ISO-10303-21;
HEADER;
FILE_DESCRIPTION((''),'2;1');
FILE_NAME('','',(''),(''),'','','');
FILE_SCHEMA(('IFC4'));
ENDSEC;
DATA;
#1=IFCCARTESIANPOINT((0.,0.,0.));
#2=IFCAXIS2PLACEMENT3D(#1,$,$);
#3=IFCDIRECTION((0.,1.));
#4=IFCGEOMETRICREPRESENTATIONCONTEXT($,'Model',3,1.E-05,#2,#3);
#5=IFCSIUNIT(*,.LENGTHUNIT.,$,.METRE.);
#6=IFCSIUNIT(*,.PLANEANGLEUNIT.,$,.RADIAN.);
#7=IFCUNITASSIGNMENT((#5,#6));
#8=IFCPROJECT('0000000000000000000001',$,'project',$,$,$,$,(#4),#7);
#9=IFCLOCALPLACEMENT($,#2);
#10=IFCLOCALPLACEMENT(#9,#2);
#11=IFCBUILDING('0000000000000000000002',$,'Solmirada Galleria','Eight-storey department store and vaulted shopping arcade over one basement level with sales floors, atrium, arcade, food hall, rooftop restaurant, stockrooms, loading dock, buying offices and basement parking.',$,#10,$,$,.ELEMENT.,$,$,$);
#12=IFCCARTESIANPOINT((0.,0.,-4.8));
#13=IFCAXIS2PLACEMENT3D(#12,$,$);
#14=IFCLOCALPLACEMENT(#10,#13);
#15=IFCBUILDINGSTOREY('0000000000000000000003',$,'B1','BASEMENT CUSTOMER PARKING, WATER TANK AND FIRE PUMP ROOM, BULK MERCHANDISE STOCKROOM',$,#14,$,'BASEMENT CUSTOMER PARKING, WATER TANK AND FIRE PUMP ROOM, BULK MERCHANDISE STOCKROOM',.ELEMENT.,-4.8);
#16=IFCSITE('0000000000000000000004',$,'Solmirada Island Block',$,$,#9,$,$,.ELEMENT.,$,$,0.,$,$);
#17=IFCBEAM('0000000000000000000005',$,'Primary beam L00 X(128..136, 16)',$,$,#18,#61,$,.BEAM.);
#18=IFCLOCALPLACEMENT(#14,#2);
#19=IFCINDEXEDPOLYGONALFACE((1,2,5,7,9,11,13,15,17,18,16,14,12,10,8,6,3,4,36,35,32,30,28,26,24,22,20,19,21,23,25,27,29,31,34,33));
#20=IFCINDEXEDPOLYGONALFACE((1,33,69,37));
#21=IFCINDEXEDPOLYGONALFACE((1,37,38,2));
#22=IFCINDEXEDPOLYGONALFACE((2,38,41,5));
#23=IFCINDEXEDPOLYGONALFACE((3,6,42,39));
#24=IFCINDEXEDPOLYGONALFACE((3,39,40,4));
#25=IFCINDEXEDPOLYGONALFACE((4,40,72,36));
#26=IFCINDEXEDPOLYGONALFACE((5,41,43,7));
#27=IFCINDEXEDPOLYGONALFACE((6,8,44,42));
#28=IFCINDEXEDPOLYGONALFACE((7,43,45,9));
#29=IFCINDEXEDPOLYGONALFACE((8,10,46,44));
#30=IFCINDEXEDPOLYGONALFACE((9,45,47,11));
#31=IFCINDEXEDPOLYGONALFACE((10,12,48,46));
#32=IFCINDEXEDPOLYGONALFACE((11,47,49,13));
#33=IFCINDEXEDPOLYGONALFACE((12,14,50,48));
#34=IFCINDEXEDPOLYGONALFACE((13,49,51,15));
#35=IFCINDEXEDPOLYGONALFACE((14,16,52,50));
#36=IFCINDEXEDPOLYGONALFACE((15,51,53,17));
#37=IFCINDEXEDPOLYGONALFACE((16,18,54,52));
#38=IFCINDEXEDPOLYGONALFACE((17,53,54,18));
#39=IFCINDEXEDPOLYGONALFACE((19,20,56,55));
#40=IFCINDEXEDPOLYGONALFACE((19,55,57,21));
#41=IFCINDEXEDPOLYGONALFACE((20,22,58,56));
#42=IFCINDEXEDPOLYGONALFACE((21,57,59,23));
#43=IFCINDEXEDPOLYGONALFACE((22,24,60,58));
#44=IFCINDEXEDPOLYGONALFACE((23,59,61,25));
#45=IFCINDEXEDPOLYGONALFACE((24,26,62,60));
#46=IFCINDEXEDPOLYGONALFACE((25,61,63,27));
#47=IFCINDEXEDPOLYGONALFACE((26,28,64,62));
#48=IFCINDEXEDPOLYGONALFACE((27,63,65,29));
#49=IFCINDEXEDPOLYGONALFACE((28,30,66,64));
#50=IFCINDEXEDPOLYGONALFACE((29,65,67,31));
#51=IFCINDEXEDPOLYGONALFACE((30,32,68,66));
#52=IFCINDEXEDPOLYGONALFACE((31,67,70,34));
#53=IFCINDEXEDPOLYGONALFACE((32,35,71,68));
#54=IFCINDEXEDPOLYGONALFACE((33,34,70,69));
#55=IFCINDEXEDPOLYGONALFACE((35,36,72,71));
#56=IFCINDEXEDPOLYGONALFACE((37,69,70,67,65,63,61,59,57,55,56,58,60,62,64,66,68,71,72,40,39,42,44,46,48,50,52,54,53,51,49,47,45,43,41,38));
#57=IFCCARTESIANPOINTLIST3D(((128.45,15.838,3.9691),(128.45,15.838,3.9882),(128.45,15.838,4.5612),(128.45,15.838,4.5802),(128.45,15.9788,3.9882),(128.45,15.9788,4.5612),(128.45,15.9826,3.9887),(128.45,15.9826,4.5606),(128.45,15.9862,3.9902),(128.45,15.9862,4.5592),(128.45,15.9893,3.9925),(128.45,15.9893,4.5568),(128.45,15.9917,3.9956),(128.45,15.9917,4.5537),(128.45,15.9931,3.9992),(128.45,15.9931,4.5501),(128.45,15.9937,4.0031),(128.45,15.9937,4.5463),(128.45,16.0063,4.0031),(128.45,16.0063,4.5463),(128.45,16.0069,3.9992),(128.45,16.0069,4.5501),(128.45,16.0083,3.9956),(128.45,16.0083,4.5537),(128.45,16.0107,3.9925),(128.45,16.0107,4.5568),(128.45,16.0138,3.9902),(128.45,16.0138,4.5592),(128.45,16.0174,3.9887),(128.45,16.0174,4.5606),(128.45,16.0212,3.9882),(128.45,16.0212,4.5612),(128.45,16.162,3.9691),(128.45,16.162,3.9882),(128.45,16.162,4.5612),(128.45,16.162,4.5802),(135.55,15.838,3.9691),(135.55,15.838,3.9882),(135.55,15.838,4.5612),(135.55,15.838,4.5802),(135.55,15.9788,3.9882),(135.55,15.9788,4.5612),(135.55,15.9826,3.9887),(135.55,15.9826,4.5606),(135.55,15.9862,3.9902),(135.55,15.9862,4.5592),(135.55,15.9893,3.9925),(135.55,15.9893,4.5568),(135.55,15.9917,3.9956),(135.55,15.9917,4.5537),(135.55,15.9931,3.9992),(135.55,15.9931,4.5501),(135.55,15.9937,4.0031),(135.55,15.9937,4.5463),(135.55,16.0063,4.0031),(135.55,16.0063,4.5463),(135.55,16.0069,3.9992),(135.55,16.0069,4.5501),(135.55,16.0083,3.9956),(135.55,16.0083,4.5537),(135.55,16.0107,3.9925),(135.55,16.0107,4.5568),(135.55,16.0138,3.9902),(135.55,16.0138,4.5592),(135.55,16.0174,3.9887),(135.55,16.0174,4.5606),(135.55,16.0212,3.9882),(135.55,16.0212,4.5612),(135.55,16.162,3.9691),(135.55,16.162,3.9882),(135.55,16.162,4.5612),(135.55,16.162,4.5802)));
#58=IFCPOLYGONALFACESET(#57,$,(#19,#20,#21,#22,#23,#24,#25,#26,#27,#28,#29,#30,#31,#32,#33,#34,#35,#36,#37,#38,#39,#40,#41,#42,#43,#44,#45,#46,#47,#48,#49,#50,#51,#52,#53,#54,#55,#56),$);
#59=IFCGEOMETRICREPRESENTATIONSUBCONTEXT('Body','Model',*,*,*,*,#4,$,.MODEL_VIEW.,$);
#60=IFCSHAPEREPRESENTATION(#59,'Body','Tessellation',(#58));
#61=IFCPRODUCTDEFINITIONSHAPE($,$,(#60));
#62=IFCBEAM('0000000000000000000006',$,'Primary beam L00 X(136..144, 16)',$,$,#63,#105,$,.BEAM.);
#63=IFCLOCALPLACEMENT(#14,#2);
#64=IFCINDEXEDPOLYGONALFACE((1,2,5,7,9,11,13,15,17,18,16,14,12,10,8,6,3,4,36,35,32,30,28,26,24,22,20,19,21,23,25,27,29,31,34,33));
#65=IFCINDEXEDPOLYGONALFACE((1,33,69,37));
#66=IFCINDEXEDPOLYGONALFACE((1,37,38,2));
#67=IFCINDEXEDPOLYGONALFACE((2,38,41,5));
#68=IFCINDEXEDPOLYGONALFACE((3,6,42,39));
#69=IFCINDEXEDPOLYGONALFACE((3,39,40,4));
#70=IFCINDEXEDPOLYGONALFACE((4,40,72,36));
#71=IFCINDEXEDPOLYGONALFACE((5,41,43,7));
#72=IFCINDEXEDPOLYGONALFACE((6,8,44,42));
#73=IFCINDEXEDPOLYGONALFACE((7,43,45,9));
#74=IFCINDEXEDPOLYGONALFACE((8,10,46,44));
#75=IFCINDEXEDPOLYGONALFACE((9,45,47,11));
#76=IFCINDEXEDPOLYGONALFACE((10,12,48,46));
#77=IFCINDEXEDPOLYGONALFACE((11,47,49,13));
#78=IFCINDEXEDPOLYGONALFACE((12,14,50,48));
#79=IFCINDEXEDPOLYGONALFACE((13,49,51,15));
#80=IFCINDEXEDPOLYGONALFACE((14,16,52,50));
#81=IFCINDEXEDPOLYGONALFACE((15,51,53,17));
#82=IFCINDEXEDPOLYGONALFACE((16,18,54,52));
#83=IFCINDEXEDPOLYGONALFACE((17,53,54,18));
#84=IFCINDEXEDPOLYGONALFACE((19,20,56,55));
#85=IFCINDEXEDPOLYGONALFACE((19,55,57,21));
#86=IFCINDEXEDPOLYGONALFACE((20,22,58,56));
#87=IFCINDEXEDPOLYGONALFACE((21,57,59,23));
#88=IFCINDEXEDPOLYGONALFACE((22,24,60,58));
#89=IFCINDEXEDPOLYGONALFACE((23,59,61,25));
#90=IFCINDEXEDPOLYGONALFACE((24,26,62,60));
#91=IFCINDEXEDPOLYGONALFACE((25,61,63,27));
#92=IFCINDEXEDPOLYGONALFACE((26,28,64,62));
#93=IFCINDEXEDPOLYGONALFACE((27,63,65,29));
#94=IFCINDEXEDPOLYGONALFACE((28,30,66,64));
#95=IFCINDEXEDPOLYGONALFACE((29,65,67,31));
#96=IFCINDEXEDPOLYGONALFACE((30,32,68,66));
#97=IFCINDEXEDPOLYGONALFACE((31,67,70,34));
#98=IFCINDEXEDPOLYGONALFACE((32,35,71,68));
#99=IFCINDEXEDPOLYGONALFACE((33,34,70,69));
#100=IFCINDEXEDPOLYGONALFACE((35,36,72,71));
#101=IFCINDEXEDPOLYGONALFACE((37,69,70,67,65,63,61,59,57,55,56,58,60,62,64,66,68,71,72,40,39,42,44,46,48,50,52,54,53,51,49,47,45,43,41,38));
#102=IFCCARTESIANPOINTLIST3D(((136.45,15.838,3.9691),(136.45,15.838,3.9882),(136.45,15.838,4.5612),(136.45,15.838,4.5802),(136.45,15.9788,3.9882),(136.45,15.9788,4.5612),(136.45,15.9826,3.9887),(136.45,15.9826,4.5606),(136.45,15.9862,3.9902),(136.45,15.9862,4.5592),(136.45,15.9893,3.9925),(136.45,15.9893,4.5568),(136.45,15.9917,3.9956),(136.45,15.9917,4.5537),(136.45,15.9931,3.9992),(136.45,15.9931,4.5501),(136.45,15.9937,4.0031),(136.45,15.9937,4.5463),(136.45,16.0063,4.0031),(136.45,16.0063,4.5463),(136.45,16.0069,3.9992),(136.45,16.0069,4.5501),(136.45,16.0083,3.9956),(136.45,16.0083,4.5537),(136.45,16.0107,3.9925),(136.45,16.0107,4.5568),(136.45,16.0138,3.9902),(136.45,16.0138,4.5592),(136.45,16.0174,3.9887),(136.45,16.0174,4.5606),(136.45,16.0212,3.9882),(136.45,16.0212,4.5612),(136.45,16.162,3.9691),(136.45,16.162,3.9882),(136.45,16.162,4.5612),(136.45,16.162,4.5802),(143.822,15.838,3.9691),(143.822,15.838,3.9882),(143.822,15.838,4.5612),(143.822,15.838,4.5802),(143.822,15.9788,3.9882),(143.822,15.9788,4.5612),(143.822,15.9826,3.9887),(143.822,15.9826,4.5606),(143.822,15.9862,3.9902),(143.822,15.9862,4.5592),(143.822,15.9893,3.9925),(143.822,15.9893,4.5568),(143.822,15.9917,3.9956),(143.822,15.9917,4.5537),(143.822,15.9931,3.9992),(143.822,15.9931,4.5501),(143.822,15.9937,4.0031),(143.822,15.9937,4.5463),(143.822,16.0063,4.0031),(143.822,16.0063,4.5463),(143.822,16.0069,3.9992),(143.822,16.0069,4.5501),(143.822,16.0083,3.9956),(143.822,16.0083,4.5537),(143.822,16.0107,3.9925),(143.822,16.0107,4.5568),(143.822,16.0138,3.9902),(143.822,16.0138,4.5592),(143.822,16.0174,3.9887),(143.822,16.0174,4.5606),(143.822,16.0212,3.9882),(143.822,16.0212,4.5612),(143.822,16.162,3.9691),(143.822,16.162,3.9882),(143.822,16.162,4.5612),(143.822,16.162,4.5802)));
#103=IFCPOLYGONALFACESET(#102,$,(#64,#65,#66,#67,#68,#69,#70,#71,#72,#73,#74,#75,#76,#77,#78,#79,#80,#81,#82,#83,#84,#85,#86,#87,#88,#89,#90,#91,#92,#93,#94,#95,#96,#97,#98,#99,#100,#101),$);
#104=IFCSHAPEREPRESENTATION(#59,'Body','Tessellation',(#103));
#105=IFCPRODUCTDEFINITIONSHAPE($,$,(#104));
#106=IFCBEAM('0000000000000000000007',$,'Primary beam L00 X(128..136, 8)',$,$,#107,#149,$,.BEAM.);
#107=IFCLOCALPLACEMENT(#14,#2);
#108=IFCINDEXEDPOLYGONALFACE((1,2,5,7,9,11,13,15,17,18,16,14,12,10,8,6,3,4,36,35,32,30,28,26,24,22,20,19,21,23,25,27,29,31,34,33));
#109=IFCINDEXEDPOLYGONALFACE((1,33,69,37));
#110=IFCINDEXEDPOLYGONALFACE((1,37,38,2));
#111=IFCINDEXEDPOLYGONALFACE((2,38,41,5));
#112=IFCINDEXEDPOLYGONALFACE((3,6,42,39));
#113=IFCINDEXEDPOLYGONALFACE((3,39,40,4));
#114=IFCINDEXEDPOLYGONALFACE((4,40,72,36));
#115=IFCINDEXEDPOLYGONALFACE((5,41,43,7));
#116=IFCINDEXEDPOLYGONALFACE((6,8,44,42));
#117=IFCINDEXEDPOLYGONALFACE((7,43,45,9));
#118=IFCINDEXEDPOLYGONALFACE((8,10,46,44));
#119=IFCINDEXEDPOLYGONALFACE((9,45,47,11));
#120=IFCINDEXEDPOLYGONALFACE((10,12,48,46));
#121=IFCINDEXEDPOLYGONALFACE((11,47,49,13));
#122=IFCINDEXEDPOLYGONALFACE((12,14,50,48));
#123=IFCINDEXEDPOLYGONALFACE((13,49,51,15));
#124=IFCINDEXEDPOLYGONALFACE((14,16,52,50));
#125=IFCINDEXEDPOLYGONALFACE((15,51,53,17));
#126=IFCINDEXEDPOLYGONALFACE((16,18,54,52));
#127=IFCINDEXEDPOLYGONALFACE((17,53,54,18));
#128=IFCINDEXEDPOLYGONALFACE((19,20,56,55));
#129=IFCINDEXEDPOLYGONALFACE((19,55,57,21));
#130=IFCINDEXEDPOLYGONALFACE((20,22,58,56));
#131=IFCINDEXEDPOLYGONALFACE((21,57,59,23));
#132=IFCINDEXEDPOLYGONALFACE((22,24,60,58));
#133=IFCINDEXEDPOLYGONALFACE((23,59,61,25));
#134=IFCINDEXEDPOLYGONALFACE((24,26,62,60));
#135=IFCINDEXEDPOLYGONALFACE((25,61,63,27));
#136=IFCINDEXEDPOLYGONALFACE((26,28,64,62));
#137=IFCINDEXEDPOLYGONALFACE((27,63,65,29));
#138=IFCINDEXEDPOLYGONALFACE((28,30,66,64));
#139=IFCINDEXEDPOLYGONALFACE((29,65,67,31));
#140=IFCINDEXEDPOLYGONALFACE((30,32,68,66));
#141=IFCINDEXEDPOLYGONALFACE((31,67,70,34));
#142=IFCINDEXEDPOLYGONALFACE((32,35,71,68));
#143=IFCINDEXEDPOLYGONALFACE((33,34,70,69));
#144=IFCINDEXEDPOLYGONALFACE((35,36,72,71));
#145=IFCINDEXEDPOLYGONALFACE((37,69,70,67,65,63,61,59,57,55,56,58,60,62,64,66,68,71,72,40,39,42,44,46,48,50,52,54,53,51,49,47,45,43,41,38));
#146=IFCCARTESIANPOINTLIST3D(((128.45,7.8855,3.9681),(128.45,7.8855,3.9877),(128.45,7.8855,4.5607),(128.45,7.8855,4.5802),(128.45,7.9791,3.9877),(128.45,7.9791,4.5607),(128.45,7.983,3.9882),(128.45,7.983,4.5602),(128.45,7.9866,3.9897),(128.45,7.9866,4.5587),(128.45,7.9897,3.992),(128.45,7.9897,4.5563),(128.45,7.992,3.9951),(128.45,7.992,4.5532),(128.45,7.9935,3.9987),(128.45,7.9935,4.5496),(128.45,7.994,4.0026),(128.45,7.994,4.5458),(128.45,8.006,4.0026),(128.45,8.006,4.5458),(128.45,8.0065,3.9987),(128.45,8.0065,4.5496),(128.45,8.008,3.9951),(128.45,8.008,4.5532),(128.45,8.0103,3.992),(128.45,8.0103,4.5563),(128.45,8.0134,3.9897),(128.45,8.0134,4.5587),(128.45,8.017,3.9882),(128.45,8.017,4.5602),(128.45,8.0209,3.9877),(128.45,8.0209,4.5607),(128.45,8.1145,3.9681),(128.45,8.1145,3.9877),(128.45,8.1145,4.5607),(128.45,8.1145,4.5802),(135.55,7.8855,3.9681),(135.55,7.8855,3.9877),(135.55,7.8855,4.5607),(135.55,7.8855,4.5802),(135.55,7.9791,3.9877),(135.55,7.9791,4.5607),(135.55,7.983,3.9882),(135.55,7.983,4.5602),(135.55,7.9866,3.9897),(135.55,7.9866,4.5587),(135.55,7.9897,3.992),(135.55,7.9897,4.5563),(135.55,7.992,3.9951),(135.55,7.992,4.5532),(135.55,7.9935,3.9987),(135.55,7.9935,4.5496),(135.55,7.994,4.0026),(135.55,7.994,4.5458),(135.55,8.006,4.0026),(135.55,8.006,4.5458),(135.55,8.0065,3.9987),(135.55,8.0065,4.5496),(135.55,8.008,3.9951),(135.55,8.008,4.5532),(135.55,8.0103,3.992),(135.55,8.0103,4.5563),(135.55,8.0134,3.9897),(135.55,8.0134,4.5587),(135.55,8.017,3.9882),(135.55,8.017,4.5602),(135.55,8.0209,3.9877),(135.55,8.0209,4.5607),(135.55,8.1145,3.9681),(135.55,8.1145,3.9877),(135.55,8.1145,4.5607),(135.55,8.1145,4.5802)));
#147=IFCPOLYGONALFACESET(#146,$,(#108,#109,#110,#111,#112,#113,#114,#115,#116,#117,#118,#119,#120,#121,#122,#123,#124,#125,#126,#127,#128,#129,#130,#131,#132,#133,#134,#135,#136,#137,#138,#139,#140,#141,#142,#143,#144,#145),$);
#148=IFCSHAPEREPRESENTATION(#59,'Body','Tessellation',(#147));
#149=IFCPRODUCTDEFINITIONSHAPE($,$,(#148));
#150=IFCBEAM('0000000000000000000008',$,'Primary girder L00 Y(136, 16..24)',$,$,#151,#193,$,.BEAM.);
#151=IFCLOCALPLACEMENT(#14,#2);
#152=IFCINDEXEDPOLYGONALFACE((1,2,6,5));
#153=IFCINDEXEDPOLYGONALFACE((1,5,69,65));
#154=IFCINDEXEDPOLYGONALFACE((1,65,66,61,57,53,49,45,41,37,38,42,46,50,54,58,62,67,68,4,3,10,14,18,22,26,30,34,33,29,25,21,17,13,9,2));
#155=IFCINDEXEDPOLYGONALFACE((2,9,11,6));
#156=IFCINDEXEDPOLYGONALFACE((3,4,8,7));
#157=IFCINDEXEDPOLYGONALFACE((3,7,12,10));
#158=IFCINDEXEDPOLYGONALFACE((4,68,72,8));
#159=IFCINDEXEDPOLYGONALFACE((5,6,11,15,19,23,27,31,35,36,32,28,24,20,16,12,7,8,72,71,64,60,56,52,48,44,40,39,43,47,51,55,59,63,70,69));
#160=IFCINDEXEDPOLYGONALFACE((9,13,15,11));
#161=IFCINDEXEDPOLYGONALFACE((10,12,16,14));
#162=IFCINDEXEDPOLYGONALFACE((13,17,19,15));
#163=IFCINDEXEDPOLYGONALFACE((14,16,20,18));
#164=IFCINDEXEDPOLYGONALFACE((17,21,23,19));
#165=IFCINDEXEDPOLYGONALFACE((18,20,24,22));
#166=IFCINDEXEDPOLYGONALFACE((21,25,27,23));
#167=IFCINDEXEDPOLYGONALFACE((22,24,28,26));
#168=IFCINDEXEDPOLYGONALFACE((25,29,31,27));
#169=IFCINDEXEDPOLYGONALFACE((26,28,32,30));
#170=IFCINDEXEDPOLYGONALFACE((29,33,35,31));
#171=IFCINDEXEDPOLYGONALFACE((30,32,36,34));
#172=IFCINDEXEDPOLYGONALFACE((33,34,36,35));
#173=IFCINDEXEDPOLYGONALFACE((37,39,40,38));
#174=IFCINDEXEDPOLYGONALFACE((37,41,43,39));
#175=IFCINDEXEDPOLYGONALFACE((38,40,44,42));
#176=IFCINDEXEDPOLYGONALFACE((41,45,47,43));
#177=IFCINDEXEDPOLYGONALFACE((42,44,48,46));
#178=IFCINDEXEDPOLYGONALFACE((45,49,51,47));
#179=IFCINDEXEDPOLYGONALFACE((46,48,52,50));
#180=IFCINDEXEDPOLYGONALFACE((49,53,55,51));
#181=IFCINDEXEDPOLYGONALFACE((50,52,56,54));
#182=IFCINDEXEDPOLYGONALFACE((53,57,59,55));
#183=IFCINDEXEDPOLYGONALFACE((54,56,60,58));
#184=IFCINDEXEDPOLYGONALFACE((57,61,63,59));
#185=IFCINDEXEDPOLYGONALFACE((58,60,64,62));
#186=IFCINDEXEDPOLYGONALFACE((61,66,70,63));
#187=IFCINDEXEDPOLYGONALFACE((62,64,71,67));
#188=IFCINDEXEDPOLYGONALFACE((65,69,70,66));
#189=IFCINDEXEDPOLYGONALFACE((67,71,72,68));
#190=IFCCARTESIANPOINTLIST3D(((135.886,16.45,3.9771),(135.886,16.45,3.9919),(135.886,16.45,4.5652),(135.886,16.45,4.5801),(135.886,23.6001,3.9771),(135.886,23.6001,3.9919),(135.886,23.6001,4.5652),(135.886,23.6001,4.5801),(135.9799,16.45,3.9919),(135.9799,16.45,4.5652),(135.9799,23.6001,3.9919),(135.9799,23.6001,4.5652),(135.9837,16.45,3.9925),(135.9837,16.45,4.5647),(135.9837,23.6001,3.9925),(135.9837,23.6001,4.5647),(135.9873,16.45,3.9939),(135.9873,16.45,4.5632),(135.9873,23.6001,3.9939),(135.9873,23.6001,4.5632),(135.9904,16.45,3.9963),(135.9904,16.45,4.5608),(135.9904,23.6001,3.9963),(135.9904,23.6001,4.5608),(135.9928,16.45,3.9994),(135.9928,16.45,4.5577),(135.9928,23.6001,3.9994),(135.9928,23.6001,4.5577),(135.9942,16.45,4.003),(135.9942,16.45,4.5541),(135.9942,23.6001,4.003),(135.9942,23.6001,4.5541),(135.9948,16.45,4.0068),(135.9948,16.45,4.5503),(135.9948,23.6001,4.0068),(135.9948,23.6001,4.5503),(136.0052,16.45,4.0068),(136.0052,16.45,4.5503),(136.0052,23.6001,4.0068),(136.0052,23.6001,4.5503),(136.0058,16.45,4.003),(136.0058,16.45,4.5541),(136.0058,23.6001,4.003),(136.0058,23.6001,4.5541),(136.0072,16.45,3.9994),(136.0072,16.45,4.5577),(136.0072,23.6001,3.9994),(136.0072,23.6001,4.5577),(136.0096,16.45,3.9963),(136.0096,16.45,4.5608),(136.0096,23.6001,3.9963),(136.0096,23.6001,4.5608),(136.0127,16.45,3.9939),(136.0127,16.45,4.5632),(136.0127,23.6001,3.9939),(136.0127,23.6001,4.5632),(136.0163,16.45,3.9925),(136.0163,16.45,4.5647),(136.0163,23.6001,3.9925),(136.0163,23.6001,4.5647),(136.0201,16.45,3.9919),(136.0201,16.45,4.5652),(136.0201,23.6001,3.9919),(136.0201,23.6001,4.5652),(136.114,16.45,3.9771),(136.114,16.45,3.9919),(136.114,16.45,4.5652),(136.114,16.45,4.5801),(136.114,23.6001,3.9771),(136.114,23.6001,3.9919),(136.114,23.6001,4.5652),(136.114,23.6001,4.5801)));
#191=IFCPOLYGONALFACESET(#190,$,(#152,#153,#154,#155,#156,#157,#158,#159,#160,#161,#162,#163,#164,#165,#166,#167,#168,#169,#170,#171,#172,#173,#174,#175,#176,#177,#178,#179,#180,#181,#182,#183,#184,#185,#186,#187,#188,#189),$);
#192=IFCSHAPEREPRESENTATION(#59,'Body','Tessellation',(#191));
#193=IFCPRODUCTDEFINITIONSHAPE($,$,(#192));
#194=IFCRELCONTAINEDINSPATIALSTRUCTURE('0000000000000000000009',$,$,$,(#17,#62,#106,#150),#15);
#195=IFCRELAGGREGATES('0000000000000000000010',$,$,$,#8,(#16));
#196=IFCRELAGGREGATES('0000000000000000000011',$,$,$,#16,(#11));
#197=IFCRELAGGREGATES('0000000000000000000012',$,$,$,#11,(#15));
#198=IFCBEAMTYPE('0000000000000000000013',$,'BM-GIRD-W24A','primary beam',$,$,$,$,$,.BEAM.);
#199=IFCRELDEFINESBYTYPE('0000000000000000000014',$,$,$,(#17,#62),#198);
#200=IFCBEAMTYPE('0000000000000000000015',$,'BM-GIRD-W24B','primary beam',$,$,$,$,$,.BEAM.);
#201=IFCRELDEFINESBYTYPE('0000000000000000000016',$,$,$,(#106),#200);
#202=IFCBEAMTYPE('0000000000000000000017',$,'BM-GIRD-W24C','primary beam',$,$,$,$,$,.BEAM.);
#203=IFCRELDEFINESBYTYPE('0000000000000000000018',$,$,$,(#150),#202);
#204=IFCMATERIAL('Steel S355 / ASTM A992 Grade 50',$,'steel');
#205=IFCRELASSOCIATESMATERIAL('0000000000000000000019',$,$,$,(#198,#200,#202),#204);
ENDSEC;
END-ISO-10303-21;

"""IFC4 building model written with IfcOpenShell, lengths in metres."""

from ifc_helpers import new_model, si_unit, direction, frame, origin, origin_2d, place, context, subcontext, project, spatial, i_section, extrude, material, material_profile, profile_set, type_object, element, save


model = new_model("IFC4")

# Units and contexts
model_context = context("Model", 3, precision=1e-05, world=origin(), true_north=direction((0.0, 1.0)))
body_context = subcontext(model_context, "Body", "Model", "MODEL_VIEW")
ifc_project = project(units=[si_unit("LENGTHUNIT", "METRE"), si_unit("PLANEANGLEUNIT", "RADIAN")], contexts=[model_context])

# Site, building, storey
site_placement = place(None, origin())
site = spatial("IfcSite", under=ifc_project, at=site_placement, Name="Solmirada Island Block", CompositionType="ELEMENT", RefElevation=0.0)
building_placement = place(site_placement, origin())
building = spatial("IfcBuilding", under=site, at=building_placement, Name="Solmirada Galleria", Description="Eight-storey department store and vaulted shopping arcade over one basement level with sales floors, atrium, arcade, food hall, rooftop restaurant, stockrooms, loading dock, buying offices and basement parking.", CompositionType="ELEMENT")
storey_placement = place(building_placement, frame((0.0, 0.0, -4.8)))
storey = spatial("IfcBuildingStorey", under=building, at=storey_placement, Name="B1", Description="BASEMENT CUSTOMER PARKING, WATER TANK AND FIRE PUMP ROOM, BULK MERCHANDISE STOCKROOM", LongName="BASEMENT CUSTOMER PARKING, WATER TANK AND FIRE PUMP ROOM, BULK MERCHANDISE STOCKROOM", CompositionType="ELEMENT", Elevation=-4.8)

# Beams
ifc_material_1 = material(Name="Steel S355 / ASTM A992 Grade 50", Category="steel")
ifc_material_profile_1 = material_profile(ifc_material_1, i_section(OverallWidth=0.324, OverallDepth=0.6111, WebThickness=0.0127, FlangeThickness=0.019, FilletRadius=0.0149, at=origin_2d()), Name="W24X104")
ifc_profile_set_1 = profile_set([ifc_material_profile_1], Name="Steel S355 / ASTM A992 Grade 50")
beam_type_1 = type_object("IfcBeamType", Name="BM-GIRD-W24A", Description="primary beam", PredefinedType="BEAM", material=ifc_profile_set_1)
beam_1_placement = place(storey_placement, frame((128.45, 16.0, 4.2747), z_axis=(1.0, 0.0, 0.0), x_axis=(0.0, 1.0, 0.0)))
element("IfcBeam", 1, at=beam_1_placement, inside=storey, type_object=beam_type_1, Name="Primary beam L00 X(128..136, 16)", PredefinedType="BEAM", context=body_context, shape_type="SweptSolid", body=[
    extrude(i_section(OverallWidth=0.324, OverallDepth=0.6111, WebThickness=0.0127, FlangeThickness=0.019, FilletRadius=0.0149, at=origin_2d()), origin(), (0.0, 0.0, 1.0), 7.1001),
])
beam_2_placement = place(storey_placement, frame((136.45, 16.0, 4.2747), z_axis=(1.0, 0.0, 0.0), x_axis=(0.0, 1.0, 0.0)))
element("IfcBeam", 2, at=beam_2_placement, inside=storey, type_object=beam_type_1, Name="Primary beam L00 X(136..144, 16)", PredefinedType="BEAM", context=body_context, shape_type="SweptSolid", body=[
    extrude(i_section(OverallWidth=0.324, OverallDepth=0.6111, WebThickness=0.0127, FlangeThickness=0.019, FilletRadius=0.0149, at=origin_2d()), origin(), (0.0, 0.0, 1.0), 7.3721),
])
ifc_material_profile_2 = material_profile(ifc_material_1, i_section(OverallWidth=0.229, OverallDepth=0.6121, WebThickness=0.012, FlangeThickness=0.0195, FilletRadius=0.0149, at=origin_2d()), Name="W24X84")
ifc_profile_set_2 = profile_set([ifc_material_profile_2], Name="Steel S355 / ASTM A992 Grade 50")
beam_type_2 = type_object("IfcBeamType", Name="BM-GIRD-W24B", Description="primary beam", PredefinedType="BEAM", material=ifc_profile_set_2)
beam_3_placement = place(storey_placement, frame((128.45, 8.0, 4.2742), z_axis=(1.0, 0.0, 0.0), x_axis=(0.0, 1.0, 0.0)))
element("IfcBeam", 3, at=beam_3_placement, inside=storey, type_object=beam_type_2, Name="Primary beam L00 X(128..136, 8)", PredefinedType="BEAM", context=body_context, shape_type="SweptSolid", body=[
    extrude(i_section(OverallWidth=0.229, OverallDepth=0.6121, WebThickness=0.012, FlangeThickness=0.0195, FilletRadius=0.0149, at=origin_2d()), origin(), (0.0, 0.0, 1.0), 7.1001),
])
ifc_material_profile_3 = material_profile(ifc_material_1, i_section(OverallWidth=0.228, OverallDepth=0.603, WebThickness=0.0105, FlangeThickness=0.0149, FilletRadius=0.0149, at=origin_2d()), Name="W24X68")
ifc_profile_set_3 = profile_set([ifc_material_profile_3], Name="Steel S355 / ASTM A992 Grade 50")
beam_type_3 = type_object("IfcBeamType", Name="BM-GIRD-W24C", Description="primary beam", PredefinedType="BEAM", material=ifc_profile_set_3)
beam_4_placement = place(storey_placement, frame((136.0, 16.45, 4.2786), z_axis=(0.0, 1.0, 0.0), x_axis=(-1.0, 0.0, 0.0)))
element("IfcBeam", 4, at=beam_4_placement, inside=storey, type_object=beam_type_3, Name="Primary girder L00 Y(136, 16..24)", PredefinedType="BEAM", context=body_context, shape_type="SweptSolid", body=[
    extrude(i_section(OverallWidth=0.228, OverallDepth=0.603, WebThickness=0.0105, FlangeThickness=0.0149, FilletRadius=0.0149, at=origin_2d()), origin(), (0.0, 0.0, 1.0), 7.1501),
])

save(model, "model.ifc")
